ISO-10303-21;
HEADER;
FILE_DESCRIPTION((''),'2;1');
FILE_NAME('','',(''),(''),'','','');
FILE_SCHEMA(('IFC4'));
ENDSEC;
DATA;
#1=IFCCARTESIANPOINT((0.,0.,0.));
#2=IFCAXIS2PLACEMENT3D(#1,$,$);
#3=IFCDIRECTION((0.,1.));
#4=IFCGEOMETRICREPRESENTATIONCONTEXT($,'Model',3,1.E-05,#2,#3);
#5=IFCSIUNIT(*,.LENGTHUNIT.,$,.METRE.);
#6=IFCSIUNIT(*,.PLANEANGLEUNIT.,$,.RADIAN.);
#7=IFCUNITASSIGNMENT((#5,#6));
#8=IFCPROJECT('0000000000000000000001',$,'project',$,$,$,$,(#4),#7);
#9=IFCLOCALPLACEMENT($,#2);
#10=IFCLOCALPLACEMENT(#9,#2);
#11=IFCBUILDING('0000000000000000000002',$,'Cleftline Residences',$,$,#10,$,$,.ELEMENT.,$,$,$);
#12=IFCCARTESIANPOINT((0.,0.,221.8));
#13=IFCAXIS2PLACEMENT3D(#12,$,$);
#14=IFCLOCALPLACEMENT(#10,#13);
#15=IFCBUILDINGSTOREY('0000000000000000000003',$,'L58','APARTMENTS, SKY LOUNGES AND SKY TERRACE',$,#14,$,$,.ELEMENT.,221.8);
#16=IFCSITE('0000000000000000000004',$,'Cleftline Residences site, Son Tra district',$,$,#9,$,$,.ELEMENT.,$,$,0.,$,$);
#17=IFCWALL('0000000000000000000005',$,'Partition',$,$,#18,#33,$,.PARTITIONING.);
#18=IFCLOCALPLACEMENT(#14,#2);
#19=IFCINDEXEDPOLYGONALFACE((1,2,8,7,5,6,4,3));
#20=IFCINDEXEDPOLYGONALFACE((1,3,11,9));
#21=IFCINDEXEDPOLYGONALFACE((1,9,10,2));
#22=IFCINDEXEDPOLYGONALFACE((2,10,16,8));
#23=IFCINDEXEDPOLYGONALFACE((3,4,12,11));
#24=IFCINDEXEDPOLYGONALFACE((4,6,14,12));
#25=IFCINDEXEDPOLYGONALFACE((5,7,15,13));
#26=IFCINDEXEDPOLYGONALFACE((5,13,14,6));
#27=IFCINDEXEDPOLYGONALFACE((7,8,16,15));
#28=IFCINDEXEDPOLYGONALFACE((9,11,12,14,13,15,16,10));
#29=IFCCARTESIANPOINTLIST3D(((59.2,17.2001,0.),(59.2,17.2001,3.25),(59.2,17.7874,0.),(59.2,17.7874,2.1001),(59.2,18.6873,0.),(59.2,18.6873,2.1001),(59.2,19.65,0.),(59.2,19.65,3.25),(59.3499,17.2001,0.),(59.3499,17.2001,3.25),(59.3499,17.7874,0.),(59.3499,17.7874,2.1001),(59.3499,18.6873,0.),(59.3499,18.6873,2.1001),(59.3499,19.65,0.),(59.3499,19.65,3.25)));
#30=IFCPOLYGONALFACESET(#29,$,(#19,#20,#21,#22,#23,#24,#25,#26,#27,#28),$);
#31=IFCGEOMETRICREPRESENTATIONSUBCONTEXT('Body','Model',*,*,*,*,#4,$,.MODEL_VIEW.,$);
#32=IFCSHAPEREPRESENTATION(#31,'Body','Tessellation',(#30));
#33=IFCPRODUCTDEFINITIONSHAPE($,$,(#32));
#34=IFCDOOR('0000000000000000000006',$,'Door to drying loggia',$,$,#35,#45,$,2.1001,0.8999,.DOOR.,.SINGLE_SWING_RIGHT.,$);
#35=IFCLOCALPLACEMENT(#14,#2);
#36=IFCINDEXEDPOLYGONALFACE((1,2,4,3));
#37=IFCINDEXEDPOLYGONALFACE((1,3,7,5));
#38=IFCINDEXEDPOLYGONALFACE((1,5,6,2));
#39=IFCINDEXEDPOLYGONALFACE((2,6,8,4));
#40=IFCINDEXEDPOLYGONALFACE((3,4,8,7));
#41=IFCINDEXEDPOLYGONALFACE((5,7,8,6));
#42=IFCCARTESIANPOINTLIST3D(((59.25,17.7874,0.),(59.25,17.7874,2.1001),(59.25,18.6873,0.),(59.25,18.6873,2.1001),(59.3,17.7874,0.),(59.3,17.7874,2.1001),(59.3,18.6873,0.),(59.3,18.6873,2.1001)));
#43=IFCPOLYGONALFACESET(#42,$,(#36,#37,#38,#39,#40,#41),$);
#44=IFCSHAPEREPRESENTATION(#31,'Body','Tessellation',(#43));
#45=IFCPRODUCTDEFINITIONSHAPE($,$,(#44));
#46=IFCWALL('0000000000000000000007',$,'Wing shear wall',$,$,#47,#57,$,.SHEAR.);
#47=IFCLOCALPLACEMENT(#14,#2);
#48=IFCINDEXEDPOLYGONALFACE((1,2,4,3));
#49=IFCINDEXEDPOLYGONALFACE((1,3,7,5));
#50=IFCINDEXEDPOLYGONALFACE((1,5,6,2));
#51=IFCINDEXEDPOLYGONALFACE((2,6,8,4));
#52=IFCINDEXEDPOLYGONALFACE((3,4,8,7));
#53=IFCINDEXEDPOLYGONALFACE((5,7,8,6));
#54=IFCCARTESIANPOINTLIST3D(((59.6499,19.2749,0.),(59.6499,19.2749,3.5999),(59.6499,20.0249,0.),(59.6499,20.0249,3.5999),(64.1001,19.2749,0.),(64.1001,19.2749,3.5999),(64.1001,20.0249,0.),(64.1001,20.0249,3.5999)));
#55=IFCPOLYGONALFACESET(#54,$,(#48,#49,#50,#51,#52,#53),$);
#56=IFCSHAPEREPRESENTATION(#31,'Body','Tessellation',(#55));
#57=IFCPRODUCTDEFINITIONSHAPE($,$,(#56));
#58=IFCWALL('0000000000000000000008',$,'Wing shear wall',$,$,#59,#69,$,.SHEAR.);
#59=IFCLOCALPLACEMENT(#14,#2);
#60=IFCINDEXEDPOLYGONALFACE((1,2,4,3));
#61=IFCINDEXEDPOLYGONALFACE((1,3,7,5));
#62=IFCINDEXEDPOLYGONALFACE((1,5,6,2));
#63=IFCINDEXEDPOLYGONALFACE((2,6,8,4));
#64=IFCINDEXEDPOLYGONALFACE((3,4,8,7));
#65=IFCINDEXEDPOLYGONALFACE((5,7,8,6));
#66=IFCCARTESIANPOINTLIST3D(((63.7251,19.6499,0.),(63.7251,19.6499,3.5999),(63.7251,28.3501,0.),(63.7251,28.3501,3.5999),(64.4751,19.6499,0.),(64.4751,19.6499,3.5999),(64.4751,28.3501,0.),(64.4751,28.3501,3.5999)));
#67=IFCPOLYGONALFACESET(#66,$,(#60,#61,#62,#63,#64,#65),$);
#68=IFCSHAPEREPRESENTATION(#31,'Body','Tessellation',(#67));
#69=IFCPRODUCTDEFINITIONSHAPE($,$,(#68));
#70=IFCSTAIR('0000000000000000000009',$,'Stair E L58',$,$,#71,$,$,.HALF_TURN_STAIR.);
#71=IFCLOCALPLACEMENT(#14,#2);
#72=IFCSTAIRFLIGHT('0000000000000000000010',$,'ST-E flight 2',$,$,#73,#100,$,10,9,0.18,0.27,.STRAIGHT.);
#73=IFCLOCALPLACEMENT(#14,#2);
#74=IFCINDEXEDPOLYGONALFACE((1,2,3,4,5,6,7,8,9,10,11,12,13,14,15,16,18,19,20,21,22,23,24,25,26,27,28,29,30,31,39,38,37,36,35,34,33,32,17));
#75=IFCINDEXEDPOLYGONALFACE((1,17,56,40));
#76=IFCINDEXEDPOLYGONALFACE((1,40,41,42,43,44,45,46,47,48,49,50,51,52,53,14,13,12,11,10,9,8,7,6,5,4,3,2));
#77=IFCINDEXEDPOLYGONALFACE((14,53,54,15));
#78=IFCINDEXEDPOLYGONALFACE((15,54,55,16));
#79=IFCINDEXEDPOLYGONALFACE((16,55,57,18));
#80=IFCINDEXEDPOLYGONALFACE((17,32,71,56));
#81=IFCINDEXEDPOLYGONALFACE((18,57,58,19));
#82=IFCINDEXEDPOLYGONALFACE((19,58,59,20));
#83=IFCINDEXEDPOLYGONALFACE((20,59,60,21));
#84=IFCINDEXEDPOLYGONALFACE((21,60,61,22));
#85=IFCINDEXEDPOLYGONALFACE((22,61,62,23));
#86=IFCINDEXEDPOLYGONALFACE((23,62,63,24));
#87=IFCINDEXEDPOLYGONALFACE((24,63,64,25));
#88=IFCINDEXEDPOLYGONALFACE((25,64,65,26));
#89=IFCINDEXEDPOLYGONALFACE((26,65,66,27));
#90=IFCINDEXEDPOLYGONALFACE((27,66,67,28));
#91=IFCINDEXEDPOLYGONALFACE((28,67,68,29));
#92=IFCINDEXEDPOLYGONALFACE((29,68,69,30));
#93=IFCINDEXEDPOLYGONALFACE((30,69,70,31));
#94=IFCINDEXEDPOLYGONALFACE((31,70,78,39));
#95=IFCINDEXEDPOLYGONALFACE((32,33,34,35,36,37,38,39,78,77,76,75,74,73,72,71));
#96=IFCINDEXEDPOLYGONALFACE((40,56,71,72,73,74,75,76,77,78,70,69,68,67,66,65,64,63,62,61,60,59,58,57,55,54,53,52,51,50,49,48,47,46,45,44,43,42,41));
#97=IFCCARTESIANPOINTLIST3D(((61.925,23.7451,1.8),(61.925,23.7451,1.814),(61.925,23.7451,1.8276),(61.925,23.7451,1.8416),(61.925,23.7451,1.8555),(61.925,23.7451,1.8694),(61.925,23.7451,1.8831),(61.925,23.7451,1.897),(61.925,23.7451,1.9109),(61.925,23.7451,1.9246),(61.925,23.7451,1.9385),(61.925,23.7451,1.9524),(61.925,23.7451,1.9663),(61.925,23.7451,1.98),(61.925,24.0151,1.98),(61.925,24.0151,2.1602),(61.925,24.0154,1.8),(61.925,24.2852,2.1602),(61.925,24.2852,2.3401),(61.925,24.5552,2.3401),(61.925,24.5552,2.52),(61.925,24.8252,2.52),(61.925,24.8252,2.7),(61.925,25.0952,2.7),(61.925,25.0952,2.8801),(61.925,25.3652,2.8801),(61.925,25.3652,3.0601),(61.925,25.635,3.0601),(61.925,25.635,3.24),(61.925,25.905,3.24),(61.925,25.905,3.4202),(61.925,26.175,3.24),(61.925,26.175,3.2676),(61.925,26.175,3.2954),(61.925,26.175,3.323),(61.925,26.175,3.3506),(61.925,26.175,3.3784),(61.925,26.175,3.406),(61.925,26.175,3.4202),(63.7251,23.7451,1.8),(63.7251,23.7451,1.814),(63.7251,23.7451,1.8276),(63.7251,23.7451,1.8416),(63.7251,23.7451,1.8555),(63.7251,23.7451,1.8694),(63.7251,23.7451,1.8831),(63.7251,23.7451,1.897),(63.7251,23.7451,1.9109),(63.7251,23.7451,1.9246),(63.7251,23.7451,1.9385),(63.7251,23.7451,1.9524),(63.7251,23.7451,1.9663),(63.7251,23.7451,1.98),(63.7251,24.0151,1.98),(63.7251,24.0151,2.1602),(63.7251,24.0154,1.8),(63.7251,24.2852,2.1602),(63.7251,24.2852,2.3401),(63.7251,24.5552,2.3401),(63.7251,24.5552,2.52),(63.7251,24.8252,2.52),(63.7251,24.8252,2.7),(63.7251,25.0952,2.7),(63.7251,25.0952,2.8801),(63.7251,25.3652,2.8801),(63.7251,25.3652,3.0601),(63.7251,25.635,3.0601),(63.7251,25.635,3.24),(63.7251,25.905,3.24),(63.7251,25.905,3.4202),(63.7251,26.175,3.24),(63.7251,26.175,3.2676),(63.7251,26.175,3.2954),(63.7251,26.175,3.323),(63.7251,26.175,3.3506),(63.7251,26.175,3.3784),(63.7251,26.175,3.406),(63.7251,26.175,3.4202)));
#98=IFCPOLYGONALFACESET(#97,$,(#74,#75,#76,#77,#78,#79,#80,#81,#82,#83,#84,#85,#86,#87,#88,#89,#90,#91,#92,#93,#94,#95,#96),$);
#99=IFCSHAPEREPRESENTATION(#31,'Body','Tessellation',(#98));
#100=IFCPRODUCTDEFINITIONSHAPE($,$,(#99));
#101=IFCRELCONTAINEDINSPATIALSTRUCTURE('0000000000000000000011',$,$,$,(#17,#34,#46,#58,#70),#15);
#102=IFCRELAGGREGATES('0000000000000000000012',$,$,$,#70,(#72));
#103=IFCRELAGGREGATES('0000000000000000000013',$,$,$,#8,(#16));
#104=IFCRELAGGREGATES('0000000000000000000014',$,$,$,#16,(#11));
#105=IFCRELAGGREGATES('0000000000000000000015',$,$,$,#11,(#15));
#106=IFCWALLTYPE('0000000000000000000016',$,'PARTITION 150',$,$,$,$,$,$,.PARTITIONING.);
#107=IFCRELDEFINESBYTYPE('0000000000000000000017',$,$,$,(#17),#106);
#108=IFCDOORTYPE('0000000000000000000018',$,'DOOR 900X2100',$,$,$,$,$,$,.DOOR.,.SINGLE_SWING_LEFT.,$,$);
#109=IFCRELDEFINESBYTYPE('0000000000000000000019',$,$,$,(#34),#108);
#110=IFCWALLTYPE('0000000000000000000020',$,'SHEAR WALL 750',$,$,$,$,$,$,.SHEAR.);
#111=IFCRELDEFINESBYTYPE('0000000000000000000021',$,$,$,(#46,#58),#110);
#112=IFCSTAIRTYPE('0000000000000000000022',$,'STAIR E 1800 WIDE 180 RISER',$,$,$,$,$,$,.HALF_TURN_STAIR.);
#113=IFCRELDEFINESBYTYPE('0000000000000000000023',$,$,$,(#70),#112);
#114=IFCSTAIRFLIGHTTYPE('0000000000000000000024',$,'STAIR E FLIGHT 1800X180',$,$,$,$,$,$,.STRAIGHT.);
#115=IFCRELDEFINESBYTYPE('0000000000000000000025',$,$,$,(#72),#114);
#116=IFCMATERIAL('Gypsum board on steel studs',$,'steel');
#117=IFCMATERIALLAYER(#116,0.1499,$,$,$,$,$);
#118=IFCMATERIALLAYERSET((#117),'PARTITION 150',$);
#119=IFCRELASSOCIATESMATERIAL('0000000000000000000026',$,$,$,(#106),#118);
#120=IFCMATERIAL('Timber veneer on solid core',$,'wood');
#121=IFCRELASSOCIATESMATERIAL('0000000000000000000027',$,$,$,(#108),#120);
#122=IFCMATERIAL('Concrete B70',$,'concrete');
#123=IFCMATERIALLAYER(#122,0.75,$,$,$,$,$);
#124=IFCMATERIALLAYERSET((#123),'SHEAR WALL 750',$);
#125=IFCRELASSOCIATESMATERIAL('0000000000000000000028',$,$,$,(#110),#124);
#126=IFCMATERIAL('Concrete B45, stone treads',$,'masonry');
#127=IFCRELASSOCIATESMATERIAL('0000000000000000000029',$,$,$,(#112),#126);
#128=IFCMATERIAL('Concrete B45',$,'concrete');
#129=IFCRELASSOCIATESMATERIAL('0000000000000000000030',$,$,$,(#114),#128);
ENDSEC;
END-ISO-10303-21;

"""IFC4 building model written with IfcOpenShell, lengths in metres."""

from ifc_helpers import new_model, si_unit, direction, frame, frame_2d, origin, place, context, subcontext, project, spatial, polyline, rectangle, outline, extrude, material, layer, layer_set, type_object, element, fill, aggregate, save


model = new_model("IFC4")

# Units and contexts
model_context = context("Model", 3, precision=1e-05, world=origin(), true_north=direction((0.0, 1.0)))
body_context = subcontext(model_context, "Body", "Model", "MODEL_VIEW")
ifc_project = project(units=[si_unit("LENGTHUNIT", "METRE"), si_unit("PLANEANGLEUNIT", "RADIAN")], contexts=[model_context])

# Site, building, storey
site_placement = place(None, origin())
site = spatial("IfcSite", under=ifc_project, at=site_placement, Name="Cleftline Residences site, Son Tra district", CompositionType="ELEMENT", RefElevation=0.0)
building_placement = place(site_placement, origin())
building = spatial("IfcBuilding", under=site, at=building_placement, Name="Cleftline Residences", CompositionType="ELEMENT")
storey_placement = place(building_placement, frame((0.0, 0.0, 221.8)))
storey = spatial("IfcBuildingStorey", under=building, at=storey_placement, Name="L58", Description="APARTMENTS, SKY LOUNGES AND SKY TERRACE", CompositionType="ELEMENT", Elevation=221.8)

# Shared definitions
ifc_material_1 = material(Name="Gypsum board on steel studs", Category="steel")
ifc_layer_1 = layer(ifc_material_1, 0.1499)
ifc_layer_set_1 = layer_set([ifc_layer_1], Name="PARTITION 150")
wall_type_1 = type_object("IfcWallType", Name="PARTITION 150", PredefinedType="PARTITIONING", material=ifc_layer_set_1)

# Wall, opening, door
wall_1_placement = place(storey_placement, frame((59.2749, 17.2, 0.0), z_axis=(0.0, 0.0, 1.0), x_axis=(0.0, 1.0, 0.0)))
wall_1 = element("IfcWall", 1, at=wall_1_placement, inside=storey, type_object=wall_type_1, Name="Partition", PredefinedType="PARTITIONING", context=body_context, shape_type="SweptSolid", body=[
    extrude(rectangle(XDim=2.45, YDim=0.1499, at=frame_2d((1.2251, 0.0))), origin(), (0.0, 0.0, 1.0), 3.25),
])
opening_placement = place(wall_1_placement, frame((0.5874, 0.0, 0.0)))
opening = element("IfcOpeningElement", 2, at=opening_placement, cuts=wall_1, PredefinedType="OPENING", context=body_context, shape_type="SweptSolid", body=[
    extrude(rectangle(XDim=0.8999, YDim=2.1001, at=frame_2d((0.45, 1.05))), frame((0.0, 0.085, 0.0), z_axis=(0.0, -1.0, 0.0), x_axis=(1.0, 0.0, 0.0)), (0.0, 0.0, 1.0), 0.1699),
])
ifc_material_2 = material(Name="Timber veneer on solid core", Category="wood")
door_type = type_object("IfcDoorType", Name="DOOR 900X2100", OperationType="SINGLE_SWING_LEFT", PredefinedType="DOOR", material=ifc_material_2)
door_placement = place(opening_placement, origin())
door = element("IfcDoor", 3, at=door_placement, inside=storey, type_object=door_type, Name="Door to drying loggia", OperationType="SINGLE_SWING_RIGHT", OverallHeight=2.1001, OverallWidth=0.8999, PredefinedType="DOOR", context=body_context, shape_type="SweptSolid", body=[
    extrude(rectangle(XDim=0.8999, YDim=2.1001, at=frame_2d((0.45, 1.05))), frame((0.0, 0.0249, 0.0), z_axis=(0.0, -1.0, 0.0), x_axis=(1.0, 0.0, 0.0)), (0.0, 0.0, 1.0), 0.05),
])
fill(opening, door)

# Walls
ifc_material_3 = material(Name="Concrete B70", Category="concrete")
ifc_layer_2 = layer(ifc_material_3, 0.75)
ifc_layer_set_2 = layer_set([ifc_layer_2], Name="SHEAR WALL 750")
wall_type_2 = type_object("IfcWallType", Name="SHEAR WALL 750", PredefinedType="SHEAR", material=ifc_layer_set_2)
wall_2_placement = place(storey_placement, frame((59.6499, 19.6499, 0.0), z_axis=(0.0, 0.0, 1.0), x_axis=(1.0, 0.0, 0.0)))
element("IfcWall", 4, at=wall_2_placement, inside=storey, type_object=wall_type_2, Name="Wing shear wall", PredefinedType="SHEAR", context=body_context, shape_type="SweptSolid", body=[
    extrude(rectangle(XDim=4.4502, YDim=0.75, at=frame_2d((2.2251, 0.0))), origin(), (0.0, 0.0, 1.0), 3.5999),
])
wall_3_placement = place(storey_placement, frame((64.1001, 19.6499, 0.0), z_axis=(0.0, 0.0, 1.0), x_axis=(0.0, 1.0, 0.0)))
element("IfcWall", 5, at=wall_3_placement, inside=storey, type_object=wall_type_2, Name="Wing shear wall", PredefinedType="SHEAR", context=body_context, shape_type="SweptSolid", body=[
    extrude(rectangle(XDim=8.7002, YDim=0.75, at=frame_2d((4.3501, 0.0))), origin(), (0.0, 0.0, 1.0), 3.5999),
])

# Stair, stair flight
ifc_material_4 = material(Name="Concrete B45, stone treads", Category="masonry")
stair_type = type_object("IfcStairType", Name="STAIR E 1800 WIDE 180 RISER", PredefinedType="HALF_TURN_STAIR", material=ifc_material_4)
stair_placement = place(storey_placement, origin())
stair = element("IfcStair", 6, at=stair_placement, inside=storey, type_object=stair_type, Name="Stair E L58", PredefinedType="HALF_TURN_STAIR")
ifc_material_5 = material(Name="Concrete B45", Category="concrete")
stair_flight_type = type_object("IfcStairFlightType", Name="STAIR E FLIGHT 1800X180", PredefinedType="STRAIGHT", material=ifc_material_5)
stair_flight_placement = place(storey_placement, frame((62.825, 23.7451, 1.8), z_axis=(0.0, 0.0, 1.0), x_axis=(0.0, 1.0, 0.0)))
stair_flight = element("IfcStairFlight", 7, at=stair_flight_placement, type_object=stair_flight_type, Name="ST-E flight 2", NumberOfRisers=10, NumberOfTreads=9, PredefinedType="STRAIGHT", RiserHeight=0.18, TreadLength=0.27, context=body_context, shape_type="SweptSolid", body=[
    extrude(outline(polyline([(0.0, 0.0), (0.0, 0.0139), (0.0, 0.0276), (0.0, 0.0415), (0.0, 0.0554), (0.0, 0.0693), (0.0, 0.083), (0.0, 0.0969), (0.0, 0.1108), (0.0, 0.1245), (0.0, 0.1384), (0.0, 0.1523), (0.0, 0.1663), (0.0, 0.1799), (0.27, 0.1799), (0.27, 0.3601), (0.54, 0.3601), (0.54, 0.54), (0.8101, 0.54), (0.8101, 0.72), (1.0801, 0.72), (1.0801, 0.8999), (1.3501, 0.8999), (1.3501, 1.0801), (1.6201, 1.0801), (1.6201, 1.26), (1.8899, 1.26), (1.8899, 1.4399), (2.1599, 1.4399), (2.1599, 1.6201), (2.4299, 1.6201), (2.4299, 1.8), (2.4299, 1.7722), (2.4299, 1.7446), (2.4299, 1.7168), (2.4299, 1.6892), (2.4299, 1.6614), (2.4299, 1.6338), (2.4299, 1.606), (2.4299, 1.5784), (2.4299, 1.5505), (2.4299, 1.5229), (2.4299, 1.4954), (2.4299, 1.4675), (2.4299, 1.4399), (0.2703, 0.0), (0.0, 0.0)])), frame((0.0, 0.8999, 0.0), z_axis=(0.0, -1.0, 0.0), x_axis=(1.0, 0.0, 0.0)), (0.0, 0.0, 1.0), 1.8),
])
aggregate(stair, [stair_flight])

save(model, "model.ifc")
